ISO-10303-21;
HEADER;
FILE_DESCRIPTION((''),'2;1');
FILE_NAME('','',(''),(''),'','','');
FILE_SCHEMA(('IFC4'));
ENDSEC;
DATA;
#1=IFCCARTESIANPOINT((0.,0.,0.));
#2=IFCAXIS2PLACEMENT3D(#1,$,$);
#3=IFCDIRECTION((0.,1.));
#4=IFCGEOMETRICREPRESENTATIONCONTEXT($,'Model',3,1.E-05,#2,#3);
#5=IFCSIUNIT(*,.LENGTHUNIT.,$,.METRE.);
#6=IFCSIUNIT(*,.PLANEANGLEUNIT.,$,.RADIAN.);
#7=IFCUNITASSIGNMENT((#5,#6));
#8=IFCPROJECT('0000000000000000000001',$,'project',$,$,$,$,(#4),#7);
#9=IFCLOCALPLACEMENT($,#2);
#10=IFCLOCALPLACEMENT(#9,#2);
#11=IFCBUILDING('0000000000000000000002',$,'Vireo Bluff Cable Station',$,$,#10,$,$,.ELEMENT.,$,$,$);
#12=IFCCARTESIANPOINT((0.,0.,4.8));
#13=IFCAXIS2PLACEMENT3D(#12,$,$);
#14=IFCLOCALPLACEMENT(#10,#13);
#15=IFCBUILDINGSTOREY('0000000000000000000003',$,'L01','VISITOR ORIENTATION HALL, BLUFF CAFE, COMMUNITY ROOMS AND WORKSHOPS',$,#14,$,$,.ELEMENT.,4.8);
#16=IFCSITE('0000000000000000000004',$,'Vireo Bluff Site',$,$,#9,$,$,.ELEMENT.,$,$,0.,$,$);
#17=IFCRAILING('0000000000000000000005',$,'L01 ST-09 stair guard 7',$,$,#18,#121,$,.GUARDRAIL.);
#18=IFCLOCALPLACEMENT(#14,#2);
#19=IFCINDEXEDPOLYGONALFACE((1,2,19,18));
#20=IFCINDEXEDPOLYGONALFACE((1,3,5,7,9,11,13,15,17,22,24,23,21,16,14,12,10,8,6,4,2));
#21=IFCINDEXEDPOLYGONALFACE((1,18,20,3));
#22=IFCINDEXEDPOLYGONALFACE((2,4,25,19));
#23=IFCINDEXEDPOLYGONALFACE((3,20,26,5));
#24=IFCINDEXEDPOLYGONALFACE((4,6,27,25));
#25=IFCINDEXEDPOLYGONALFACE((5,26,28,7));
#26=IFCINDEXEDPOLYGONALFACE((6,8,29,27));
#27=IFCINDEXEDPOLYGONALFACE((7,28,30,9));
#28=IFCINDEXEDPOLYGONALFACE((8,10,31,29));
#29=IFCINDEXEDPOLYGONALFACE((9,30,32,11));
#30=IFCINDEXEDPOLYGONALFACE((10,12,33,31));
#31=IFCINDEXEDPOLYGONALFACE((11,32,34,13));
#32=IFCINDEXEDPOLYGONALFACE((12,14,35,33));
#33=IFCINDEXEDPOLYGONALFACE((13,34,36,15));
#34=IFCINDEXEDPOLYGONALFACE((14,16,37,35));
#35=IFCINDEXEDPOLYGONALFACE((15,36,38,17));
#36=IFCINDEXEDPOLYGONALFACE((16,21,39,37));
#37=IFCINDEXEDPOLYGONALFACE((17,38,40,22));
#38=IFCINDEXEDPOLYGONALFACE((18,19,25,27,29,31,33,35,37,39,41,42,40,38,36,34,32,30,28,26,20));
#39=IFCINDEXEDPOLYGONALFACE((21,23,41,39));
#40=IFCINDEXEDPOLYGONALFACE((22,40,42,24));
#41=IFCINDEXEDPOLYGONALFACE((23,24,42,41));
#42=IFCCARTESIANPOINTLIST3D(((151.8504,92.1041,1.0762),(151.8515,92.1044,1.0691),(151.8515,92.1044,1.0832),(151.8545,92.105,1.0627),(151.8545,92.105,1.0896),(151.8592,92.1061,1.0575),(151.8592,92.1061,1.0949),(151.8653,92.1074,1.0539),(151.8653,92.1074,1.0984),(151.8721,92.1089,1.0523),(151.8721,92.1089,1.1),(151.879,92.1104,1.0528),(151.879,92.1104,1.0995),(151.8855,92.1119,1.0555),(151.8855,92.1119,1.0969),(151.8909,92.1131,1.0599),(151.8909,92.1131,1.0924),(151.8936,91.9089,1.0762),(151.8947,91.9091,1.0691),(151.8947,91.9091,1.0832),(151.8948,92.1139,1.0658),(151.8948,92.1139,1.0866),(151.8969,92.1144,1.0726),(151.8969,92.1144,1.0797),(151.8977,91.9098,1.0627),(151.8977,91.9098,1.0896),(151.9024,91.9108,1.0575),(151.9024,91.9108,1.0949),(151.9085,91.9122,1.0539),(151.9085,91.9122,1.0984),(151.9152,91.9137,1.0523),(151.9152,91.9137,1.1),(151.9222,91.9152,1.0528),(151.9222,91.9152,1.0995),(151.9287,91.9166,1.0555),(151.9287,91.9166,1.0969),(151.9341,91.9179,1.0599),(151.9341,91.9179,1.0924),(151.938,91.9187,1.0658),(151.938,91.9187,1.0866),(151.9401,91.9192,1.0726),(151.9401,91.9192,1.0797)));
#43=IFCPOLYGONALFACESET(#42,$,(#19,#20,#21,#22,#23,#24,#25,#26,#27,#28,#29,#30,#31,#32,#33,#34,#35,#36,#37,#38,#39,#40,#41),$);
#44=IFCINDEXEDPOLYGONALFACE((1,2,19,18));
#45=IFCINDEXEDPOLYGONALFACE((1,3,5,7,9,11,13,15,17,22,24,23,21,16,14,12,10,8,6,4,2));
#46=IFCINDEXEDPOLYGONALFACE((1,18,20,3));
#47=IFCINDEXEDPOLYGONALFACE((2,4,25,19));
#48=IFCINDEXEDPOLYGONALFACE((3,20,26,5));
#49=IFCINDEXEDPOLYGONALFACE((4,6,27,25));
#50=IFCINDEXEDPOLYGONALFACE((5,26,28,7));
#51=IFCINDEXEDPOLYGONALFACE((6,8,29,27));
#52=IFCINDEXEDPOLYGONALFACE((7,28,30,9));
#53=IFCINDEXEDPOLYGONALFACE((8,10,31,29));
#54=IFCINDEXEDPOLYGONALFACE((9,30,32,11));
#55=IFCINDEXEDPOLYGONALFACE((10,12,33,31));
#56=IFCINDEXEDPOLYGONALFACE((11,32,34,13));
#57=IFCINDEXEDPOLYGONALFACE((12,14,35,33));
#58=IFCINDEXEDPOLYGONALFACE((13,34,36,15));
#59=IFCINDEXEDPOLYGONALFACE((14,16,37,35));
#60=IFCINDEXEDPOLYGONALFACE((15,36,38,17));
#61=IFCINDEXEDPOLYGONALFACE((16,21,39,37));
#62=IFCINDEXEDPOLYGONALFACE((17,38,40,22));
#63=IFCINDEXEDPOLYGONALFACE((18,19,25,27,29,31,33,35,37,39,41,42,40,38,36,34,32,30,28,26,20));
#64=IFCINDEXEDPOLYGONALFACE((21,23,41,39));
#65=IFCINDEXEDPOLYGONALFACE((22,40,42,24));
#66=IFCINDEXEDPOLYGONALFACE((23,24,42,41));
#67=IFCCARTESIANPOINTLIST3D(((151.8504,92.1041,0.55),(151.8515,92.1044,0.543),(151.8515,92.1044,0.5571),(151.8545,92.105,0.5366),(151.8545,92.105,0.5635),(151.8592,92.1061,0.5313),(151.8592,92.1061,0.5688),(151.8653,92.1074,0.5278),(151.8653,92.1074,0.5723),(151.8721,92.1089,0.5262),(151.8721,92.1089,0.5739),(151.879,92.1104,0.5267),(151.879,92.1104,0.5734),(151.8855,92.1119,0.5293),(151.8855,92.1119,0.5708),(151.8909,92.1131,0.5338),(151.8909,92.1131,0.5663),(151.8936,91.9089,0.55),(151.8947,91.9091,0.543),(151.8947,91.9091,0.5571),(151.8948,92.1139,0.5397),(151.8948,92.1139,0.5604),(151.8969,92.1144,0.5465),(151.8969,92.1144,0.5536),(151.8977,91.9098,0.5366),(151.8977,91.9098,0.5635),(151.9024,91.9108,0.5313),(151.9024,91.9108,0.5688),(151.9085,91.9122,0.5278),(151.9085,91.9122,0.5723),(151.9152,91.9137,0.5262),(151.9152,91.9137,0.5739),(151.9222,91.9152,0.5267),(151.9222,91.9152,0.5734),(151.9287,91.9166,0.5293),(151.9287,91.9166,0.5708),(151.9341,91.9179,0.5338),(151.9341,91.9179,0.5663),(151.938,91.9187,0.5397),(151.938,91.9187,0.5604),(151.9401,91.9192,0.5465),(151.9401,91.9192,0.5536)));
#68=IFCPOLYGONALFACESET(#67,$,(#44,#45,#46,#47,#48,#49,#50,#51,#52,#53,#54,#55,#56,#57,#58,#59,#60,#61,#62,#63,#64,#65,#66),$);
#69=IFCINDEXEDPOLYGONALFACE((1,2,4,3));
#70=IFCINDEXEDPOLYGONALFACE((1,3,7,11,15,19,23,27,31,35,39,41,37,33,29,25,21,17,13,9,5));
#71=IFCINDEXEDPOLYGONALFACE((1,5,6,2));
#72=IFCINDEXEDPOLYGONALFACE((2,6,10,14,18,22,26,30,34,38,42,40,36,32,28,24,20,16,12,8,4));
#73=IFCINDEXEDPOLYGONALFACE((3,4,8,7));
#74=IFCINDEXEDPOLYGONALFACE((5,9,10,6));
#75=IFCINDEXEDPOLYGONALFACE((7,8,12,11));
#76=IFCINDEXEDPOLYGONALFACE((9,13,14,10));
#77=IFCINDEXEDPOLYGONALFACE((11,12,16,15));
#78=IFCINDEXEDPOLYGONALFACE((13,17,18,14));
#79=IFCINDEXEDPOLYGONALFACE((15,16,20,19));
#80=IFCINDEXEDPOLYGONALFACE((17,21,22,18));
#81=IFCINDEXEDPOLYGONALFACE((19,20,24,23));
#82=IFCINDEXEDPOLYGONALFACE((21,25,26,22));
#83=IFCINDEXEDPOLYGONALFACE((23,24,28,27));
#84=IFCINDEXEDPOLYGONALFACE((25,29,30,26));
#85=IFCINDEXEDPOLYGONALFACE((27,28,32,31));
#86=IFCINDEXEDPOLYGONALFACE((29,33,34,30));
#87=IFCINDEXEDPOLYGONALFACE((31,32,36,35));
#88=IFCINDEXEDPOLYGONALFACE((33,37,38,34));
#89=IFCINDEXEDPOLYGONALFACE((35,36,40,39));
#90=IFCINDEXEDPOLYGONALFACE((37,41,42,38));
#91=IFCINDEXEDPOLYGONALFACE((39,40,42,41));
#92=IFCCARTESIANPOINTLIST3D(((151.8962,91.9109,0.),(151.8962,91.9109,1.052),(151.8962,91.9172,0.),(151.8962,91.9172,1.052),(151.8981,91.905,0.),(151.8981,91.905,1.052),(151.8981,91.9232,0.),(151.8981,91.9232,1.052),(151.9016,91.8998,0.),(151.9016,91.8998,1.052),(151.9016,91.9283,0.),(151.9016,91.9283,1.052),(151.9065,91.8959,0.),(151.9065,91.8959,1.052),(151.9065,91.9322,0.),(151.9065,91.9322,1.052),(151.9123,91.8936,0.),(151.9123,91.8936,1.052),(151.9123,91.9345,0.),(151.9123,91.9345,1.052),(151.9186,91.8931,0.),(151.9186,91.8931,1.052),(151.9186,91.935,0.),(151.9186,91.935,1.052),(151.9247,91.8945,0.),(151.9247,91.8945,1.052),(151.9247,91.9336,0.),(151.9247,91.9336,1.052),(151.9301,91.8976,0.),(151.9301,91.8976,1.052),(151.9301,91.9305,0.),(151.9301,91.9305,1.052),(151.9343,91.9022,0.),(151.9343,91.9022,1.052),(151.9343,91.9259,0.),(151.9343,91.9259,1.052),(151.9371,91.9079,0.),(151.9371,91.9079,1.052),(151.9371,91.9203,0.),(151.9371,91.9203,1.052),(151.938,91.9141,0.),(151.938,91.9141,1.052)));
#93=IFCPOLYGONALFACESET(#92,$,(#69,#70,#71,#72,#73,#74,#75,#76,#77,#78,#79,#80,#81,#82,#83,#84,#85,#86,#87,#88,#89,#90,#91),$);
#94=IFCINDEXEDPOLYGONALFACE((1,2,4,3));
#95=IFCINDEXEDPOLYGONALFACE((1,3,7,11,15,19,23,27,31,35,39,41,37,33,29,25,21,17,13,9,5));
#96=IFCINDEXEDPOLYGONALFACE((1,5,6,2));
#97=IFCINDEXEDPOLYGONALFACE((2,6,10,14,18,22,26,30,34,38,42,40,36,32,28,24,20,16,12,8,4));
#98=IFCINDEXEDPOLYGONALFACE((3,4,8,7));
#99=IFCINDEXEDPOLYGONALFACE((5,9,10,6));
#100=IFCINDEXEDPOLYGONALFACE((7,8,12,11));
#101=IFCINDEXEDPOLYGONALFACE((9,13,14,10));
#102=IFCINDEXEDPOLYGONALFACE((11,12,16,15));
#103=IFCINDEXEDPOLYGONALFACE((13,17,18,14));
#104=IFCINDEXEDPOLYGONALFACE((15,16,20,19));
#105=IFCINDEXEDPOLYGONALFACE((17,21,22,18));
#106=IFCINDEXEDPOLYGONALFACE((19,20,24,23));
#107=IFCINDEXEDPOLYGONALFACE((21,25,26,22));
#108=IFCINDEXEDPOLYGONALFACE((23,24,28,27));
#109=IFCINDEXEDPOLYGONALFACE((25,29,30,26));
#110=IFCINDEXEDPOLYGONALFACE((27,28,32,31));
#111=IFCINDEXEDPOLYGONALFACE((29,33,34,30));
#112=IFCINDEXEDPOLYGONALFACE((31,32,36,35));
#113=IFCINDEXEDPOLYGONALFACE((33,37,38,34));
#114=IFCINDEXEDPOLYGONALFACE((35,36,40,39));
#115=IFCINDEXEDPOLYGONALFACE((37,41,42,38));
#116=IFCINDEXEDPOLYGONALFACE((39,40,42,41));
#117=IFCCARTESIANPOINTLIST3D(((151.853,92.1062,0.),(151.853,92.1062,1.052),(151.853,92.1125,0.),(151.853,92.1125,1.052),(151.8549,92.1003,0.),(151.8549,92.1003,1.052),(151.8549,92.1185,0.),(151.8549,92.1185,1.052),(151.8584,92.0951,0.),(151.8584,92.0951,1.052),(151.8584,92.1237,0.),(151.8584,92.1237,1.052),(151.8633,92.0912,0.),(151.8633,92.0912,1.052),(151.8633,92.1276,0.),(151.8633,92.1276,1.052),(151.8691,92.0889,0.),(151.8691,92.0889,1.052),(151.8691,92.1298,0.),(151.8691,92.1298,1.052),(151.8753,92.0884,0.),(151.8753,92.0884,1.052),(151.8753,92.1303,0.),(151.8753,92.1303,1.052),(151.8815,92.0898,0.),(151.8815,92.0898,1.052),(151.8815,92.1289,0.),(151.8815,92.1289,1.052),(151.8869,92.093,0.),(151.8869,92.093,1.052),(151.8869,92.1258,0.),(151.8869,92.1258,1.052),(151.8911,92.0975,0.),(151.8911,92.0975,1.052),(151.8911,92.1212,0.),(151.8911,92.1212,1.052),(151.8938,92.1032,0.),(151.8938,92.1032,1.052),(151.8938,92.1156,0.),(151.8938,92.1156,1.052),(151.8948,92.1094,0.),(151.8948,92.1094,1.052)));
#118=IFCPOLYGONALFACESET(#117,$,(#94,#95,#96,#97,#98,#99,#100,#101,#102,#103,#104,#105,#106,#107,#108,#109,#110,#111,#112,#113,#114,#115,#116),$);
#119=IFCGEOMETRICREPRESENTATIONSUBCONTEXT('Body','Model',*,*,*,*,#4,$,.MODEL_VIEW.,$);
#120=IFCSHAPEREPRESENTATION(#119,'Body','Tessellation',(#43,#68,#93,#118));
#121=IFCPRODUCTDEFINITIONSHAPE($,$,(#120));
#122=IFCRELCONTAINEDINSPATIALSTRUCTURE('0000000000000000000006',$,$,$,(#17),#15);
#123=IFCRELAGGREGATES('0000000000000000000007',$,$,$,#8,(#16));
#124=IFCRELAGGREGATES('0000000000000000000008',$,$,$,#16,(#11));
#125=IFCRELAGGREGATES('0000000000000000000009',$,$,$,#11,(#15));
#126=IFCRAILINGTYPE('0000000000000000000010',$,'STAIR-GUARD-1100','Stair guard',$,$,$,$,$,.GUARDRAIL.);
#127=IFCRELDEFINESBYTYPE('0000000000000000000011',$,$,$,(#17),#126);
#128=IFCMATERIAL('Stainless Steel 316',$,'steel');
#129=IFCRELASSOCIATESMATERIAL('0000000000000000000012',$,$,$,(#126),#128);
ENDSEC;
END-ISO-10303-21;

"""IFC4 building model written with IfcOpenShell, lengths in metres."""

from ifc_helpers import new_model, si_unit, direction, frame, origin, origin_2d, place, context, subcontext, project, spatial, circle, extrude, material, type_object, element, save


model = new_model("IFC4")

# Units and contexts
model_context = context("Model", 3, precision=1e-05, world=origin(), true_north=direction((0.0, 1.0)))
body_context = subcontext(model_context, "Body", "Model", "MODEL_VIEW")
ifc_project = project(units=[si_unit("LENGTHUNIT", "METRE"), si_unit("PLANEANGLEUNIT", "RADIAN")], contexts=[model_context])

# Site, building, storey
site_placement = place(None, origin())
site = spatial("IfcSite", under=ifc_project, at=site_placement, Name="Vireo Bluff Site", CompositionType="ELEMENT", RefElevation=0.0)
building_placement = place(site_placement, origin())
building = spatial("IfcBuilding", under=site, at=building_placement, Name="Vireo Bluff Cable Station", CompositionType="ELEMENT")
storey_placement = place(building_placement, frame((0.0, 0.0, 4.8)))
storey = spatial("IfcBuildingStorey", under=building, at=storey_placement, Name="L01", Description="VISITOR ORIENTATION HALL, BLUFF CAFE, COMMUNITY ROOMS AND WORKSHOPS", CompositionType="ELEMENT", Elevation=4.8)

# Railing
ifc_material_1 = material(Name="Stainless Steel 316", Category="steel")
railing_type_1 = type_object("IfcRailingType", Name="STAIR-GUARD-1100", Description="Stair guard", PredefinedType="GUARDRAIL", material=ifc_material_1)
railing_1_placement = place(storey_placement, frame((151.917, 91.9141, 0.0)))
element("IfcRailing", 1, at=railing_1_placement, inside=storey, type_object=railing_type_1, Name="L01 ST-09 stair guard 7", PredefinedType="GUARDRAIL", context=body_context, shape_type="SweptSolid", body=[
    extrude(circle(Radius=0.0239, at=origin_2d()), frame((0.0, 0.0, 1.0762), z_axis=(-0.216026, 0.976388, 0.0), x_axis=(-0.976388, -0.216026, 0.0)), (0.0, 0.0, 1.0), 0.2),
    extrude(circle(Radius=0.0239, at=origin_2d()), frame((0.0, 0.0, 0.55), z_axis=(-0.216026, 0.976388, 0.0), x_axis=(-0.976388, -0.216026, 0.0)), (0.0, 0.0, 1.0), 0.2),
    extrude(circle(Radius=0.021, at=origin_2d()), origin(), (0.0, 0.0, 1.0), 1.052),
    extrude(circle(Radius=0.021, at=origin_2d()), frame((-0.0432, 0.1953, 0.0)), (0.0, 0.0, 1.0), 1.052),
])

save(model, "model.ifc")
